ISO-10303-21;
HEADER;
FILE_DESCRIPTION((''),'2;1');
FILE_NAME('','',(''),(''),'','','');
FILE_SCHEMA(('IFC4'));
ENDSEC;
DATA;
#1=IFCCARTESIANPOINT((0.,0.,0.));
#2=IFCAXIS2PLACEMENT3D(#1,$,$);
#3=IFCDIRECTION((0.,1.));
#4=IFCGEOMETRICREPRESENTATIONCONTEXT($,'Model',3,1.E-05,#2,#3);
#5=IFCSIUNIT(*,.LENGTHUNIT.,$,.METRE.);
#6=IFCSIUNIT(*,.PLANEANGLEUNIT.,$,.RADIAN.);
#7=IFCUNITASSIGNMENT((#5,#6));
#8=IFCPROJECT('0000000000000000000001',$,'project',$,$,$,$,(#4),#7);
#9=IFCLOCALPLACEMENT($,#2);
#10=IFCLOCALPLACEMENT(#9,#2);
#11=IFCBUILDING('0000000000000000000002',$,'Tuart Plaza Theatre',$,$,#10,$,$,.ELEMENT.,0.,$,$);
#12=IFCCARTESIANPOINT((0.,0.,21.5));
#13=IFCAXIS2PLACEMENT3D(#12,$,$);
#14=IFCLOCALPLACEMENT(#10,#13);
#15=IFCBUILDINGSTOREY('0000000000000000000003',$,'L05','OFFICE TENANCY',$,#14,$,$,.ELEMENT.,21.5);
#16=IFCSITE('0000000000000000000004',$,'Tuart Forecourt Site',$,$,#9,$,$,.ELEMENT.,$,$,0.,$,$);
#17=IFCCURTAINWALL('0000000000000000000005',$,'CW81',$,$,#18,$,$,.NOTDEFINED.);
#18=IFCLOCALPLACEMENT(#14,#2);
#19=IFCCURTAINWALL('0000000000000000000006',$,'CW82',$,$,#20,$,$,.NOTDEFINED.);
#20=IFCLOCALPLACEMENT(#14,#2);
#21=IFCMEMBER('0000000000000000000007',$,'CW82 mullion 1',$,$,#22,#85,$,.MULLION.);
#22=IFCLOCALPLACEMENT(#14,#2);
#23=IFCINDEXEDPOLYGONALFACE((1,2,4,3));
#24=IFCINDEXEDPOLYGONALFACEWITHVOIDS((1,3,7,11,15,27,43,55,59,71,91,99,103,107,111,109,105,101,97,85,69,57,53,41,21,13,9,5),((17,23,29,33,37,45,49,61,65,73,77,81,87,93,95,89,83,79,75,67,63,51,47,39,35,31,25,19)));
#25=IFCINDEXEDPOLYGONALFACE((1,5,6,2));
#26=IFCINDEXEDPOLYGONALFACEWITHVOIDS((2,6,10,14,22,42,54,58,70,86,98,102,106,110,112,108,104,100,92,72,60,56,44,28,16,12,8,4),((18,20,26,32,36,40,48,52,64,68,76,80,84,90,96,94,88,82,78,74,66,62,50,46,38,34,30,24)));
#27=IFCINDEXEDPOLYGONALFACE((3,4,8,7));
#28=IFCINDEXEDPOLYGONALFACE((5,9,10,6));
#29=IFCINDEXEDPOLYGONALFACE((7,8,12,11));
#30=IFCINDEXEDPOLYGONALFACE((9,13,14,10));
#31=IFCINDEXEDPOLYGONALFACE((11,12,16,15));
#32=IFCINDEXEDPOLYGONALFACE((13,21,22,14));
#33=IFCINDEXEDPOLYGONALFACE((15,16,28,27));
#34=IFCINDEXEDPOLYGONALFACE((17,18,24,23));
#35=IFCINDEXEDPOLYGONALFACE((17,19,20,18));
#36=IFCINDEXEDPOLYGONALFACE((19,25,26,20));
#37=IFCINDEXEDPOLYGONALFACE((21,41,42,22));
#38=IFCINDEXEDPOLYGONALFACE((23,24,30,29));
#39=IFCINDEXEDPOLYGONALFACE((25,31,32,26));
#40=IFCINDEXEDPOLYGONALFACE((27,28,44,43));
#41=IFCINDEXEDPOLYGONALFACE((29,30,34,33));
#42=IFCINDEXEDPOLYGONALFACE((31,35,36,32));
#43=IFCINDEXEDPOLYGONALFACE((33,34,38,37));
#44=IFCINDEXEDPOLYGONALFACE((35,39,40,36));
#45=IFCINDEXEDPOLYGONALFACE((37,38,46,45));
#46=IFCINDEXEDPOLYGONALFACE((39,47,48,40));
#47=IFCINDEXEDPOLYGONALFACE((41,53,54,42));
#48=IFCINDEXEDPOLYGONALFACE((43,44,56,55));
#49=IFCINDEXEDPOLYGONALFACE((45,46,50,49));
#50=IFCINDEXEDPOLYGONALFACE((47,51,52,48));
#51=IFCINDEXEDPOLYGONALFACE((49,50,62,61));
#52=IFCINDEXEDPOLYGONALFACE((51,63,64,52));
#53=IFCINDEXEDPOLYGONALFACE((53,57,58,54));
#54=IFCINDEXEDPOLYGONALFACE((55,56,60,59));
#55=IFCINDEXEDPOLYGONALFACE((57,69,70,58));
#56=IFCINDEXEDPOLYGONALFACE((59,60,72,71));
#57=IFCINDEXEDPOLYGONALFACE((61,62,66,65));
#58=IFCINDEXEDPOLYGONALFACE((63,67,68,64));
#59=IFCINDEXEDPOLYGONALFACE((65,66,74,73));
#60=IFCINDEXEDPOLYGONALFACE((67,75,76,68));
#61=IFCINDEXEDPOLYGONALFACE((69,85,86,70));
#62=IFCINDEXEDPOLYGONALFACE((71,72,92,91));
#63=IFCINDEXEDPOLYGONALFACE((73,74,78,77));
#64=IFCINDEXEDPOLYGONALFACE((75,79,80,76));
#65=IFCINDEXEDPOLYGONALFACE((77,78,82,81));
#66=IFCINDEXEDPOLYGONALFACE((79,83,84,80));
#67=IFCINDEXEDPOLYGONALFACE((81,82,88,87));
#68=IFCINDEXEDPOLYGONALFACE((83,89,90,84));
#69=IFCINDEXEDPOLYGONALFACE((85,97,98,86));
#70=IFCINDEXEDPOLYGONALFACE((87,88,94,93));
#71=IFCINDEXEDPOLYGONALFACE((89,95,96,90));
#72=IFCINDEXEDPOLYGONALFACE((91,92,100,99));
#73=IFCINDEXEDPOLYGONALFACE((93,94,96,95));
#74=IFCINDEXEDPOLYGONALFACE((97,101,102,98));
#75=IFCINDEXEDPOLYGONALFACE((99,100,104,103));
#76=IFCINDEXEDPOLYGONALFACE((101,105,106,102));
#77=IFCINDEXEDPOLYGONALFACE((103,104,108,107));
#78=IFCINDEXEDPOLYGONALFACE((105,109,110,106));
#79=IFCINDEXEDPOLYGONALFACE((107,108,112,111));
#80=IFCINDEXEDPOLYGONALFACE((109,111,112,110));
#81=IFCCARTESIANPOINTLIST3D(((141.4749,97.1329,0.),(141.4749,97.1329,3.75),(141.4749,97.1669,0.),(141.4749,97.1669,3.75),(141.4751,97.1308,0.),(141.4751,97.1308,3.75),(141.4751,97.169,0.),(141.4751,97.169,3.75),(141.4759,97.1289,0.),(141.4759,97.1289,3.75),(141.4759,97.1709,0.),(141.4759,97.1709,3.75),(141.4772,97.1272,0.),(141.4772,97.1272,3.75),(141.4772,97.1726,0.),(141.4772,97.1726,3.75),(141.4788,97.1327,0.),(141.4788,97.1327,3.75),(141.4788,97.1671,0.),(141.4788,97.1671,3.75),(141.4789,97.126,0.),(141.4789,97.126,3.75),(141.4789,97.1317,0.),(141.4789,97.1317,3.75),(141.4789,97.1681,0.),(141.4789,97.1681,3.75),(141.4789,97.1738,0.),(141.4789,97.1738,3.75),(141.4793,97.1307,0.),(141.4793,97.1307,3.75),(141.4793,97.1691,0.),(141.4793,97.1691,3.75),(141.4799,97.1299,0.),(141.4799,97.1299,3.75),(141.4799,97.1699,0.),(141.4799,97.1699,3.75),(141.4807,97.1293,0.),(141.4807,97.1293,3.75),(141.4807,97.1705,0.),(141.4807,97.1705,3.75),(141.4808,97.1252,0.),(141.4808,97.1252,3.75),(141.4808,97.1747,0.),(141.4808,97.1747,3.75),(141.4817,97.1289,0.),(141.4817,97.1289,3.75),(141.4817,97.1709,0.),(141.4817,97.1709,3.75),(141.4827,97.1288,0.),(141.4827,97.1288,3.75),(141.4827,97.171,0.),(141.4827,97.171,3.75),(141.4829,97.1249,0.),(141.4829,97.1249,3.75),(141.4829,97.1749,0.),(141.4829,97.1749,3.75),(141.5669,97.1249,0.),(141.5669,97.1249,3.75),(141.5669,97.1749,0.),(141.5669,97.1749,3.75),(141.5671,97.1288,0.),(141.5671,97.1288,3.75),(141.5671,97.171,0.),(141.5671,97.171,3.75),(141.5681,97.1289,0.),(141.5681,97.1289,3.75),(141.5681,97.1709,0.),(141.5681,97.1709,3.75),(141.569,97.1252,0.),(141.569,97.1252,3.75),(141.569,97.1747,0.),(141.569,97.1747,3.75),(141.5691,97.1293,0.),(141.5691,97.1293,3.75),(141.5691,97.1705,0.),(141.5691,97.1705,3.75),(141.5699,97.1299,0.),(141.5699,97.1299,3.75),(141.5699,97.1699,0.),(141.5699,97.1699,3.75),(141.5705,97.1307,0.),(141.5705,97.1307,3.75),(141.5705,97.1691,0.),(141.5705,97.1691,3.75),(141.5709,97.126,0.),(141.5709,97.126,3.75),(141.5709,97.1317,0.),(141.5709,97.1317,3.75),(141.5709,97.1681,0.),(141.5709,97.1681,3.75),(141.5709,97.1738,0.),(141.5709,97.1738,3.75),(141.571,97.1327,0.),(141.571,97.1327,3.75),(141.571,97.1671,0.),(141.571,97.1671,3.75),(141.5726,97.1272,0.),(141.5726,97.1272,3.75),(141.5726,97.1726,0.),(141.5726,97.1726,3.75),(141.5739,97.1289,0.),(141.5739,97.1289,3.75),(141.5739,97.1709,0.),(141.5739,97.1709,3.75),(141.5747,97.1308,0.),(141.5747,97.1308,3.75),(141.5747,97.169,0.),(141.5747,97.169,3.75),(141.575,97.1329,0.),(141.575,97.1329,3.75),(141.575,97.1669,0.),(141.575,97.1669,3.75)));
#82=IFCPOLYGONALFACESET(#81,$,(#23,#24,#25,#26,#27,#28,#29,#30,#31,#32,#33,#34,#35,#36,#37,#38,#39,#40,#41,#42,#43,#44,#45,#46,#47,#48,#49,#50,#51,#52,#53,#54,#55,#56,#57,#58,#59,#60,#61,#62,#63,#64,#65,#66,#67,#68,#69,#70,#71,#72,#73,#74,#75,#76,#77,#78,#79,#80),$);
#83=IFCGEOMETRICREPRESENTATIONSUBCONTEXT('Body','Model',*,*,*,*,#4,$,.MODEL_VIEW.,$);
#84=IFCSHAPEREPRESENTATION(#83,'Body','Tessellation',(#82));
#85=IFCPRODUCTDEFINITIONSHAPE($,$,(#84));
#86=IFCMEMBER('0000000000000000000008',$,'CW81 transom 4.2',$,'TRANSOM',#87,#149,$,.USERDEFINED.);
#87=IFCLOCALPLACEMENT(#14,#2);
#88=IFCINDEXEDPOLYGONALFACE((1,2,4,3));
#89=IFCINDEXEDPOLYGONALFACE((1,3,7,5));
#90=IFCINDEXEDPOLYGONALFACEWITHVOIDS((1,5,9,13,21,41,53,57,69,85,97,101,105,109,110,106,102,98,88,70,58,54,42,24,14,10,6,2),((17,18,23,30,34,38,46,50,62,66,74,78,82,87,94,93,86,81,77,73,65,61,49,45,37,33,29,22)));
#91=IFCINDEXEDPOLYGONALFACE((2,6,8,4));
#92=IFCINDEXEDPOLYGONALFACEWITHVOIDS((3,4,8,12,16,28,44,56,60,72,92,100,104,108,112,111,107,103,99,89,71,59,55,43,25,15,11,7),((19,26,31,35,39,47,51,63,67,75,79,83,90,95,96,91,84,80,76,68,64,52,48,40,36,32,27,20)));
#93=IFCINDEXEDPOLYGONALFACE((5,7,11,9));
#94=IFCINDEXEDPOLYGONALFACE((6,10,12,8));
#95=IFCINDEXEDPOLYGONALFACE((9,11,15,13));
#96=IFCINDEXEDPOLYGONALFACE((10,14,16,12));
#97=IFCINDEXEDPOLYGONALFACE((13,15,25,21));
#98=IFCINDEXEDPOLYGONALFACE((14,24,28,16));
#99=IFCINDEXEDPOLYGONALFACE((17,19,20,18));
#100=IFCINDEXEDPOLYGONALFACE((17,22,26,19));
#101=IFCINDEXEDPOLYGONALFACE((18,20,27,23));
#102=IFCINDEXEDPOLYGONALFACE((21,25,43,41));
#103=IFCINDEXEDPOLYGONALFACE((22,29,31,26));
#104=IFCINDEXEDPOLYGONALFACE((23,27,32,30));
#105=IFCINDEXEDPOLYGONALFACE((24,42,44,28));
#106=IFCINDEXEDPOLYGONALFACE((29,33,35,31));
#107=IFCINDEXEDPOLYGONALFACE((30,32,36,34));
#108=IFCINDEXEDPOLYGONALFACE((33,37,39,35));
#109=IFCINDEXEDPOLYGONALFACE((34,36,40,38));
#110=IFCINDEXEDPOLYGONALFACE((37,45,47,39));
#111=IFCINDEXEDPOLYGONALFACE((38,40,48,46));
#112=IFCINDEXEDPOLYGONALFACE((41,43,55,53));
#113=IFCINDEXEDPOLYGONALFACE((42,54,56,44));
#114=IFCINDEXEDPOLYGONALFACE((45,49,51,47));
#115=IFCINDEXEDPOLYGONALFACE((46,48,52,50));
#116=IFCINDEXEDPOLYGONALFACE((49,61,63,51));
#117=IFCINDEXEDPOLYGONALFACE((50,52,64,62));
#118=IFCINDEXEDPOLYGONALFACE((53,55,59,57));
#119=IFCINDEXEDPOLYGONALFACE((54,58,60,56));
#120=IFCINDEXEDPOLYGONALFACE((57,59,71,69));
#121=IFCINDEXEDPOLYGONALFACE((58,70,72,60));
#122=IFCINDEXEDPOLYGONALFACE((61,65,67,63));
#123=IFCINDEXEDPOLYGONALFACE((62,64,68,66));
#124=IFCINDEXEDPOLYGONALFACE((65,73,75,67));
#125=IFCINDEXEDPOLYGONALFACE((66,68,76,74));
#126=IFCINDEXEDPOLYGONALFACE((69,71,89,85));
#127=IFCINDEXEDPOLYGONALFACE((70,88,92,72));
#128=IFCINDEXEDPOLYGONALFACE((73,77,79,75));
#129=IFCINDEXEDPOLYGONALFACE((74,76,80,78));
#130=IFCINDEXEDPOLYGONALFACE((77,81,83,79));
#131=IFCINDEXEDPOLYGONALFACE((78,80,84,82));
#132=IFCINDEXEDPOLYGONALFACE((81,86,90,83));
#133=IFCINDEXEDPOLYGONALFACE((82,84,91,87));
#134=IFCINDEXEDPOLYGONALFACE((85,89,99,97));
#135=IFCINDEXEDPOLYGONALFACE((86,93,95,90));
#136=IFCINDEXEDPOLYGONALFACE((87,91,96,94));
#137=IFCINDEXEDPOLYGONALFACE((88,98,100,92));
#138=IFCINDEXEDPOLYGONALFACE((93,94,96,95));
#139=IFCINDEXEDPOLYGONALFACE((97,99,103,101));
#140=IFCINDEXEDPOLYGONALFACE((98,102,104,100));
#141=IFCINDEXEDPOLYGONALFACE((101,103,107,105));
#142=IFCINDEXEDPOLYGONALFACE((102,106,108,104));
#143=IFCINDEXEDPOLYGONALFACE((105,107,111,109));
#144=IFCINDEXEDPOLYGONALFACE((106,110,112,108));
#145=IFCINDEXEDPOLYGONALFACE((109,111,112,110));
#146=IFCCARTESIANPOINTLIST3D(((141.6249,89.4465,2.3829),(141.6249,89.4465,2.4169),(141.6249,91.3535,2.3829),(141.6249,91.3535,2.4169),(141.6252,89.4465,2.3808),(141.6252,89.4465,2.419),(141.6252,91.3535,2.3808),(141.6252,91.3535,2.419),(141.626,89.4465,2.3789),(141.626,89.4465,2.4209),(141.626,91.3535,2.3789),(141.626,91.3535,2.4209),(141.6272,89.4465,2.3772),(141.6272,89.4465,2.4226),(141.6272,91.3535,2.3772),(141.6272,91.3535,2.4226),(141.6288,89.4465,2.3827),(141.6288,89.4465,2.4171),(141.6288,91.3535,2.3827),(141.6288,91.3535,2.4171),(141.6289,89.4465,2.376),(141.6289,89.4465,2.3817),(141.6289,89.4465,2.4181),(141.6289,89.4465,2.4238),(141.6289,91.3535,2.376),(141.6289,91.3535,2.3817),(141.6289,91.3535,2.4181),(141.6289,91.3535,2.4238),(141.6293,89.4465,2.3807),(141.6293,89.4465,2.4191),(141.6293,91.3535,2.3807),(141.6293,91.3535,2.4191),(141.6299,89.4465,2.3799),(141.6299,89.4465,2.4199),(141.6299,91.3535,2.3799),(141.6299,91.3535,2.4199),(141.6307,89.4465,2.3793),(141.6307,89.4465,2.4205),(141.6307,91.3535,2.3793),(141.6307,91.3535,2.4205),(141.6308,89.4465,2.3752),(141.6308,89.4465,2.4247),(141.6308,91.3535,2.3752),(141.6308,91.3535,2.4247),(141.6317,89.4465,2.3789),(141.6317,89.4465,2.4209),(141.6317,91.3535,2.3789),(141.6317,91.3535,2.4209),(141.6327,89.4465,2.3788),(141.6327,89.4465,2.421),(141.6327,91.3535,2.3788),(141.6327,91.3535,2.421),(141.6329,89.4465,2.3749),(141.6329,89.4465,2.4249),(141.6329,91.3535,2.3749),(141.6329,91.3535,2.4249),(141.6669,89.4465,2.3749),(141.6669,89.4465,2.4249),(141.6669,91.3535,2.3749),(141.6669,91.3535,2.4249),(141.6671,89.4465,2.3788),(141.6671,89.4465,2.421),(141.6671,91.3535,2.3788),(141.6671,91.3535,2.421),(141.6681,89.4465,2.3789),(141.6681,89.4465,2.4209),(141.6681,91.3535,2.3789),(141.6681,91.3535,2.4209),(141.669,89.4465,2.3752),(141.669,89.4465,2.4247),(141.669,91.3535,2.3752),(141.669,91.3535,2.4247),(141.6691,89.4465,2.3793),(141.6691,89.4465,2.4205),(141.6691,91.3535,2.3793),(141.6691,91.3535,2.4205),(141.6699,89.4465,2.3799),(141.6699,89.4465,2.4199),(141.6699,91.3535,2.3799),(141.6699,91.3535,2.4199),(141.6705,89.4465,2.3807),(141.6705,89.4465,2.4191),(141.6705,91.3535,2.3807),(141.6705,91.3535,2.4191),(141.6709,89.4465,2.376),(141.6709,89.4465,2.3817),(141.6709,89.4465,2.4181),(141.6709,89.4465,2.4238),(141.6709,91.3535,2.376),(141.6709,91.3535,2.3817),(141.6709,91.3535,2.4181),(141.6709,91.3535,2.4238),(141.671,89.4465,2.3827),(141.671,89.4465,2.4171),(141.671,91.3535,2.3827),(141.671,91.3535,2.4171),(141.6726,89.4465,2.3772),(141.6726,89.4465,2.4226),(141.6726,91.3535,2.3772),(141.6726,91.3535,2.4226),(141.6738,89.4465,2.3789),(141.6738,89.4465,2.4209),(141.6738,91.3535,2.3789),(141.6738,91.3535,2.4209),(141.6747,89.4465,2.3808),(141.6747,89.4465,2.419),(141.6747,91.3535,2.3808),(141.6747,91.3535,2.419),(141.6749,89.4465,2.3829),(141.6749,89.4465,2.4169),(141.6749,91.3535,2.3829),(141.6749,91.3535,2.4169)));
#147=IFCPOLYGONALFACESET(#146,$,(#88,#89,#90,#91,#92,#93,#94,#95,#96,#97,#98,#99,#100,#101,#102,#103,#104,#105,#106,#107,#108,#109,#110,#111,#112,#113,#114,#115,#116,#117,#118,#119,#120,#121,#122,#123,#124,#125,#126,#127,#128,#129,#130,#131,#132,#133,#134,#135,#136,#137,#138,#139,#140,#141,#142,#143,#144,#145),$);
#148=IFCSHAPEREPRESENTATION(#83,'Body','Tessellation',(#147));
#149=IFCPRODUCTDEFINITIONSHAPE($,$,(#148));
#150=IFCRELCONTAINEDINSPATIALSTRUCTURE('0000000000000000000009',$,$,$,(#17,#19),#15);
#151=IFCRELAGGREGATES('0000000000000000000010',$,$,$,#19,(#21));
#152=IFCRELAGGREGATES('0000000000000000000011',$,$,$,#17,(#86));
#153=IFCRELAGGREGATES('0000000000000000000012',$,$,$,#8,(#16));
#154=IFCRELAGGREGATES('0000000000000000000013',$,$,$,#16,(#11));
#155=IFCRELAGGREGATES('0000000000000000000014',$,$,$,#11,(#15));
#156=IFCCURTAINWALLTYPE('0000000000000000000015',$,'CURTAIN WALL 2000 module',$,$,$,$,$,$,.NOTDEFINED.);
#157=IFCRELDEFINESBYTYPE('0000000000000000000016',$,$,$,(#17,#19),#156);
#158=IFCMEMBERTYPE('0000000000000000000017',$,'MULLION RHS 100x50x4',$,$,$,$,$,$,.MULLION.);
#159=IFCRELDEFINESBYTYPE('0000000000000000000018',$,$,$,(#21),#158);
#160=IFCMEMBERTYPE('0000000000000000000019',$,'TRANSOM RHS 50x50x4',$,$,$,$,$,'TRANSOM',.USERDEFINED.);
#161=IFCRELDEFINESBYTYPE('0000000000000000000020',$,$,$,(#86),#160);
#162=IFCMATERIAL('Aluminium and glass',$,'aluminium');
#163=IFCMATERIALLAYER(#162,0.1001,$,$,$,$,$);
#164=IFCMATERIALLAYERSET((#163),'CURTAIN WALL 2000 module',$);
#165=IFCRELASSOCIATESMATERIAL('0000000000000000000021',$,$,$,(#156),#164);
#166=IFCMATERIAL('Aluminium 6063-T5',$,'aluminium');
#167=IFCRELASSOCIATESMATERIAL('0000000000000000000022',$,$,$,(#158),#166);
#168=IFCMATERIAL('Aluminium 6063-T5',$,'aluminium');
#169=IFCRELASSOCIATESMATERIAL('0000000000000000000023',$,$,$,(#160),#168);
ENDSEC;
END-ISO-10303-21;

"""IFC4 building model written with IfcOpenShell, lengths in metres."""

from ifc_helpers import new_model, si_unit, direction, frame, origin, origin_2d, place, context, subcontext, project, spatial, hollow_rectangle, extrude, material, layer, layer_set, material_profile, profile_set, type_object, element, aggregate, save


model = new_model("IFC4")

# Units and contexts
model_context = context("Model", 3, precision=1e-05, world=origin(), true_north=direction((0.0, 1.0)))
body_context = subcontext(model_context, "Body", "Model", "MODEL_VIEW")
ifc_project = project(units=[si_unit("LENGTHUNIT", "METRE"), si_unit("PLANEANGLEUNIT", "RADIAN")], contexts=[model_context])

# Site, building, storey
site_placement = place(None, origin())
site = spatial("IfcSite", under=ifc_project, at=site_placement, Name="Tuart Forecourt Site", CompositionType="ELEMENT", RefElevation=0.0)
building_placement = place(site_placement, origin())
building = spatial("IfcBuilding", under=site, at=building_placement, Name="Tuart Plaza Theatre", CompositionType="ELEMENT", ElevationOfRefHeight=0.0)
storey_placement = place(building_placement, frame((0.0, 0.0, 21.5)))
storey = spatial("IfcBuildingStorey", under=building, at=storey_placement, Name="L05", Description="OFFICE TENANCY", CompositionType="ELEMENT", Elevation=21.5)

# Curtain wall
ifc_material_1 = material(Name="Aluminium and glass", Category="aluminium")
ifc_layer_1 = layer(ifc_material_1, 0.1001)
ifc_layer_set_1 = layer_set([ifc_layer_1], Name="CURTAIN WALL 2000 module")
curtain_wall_type = type_object("IfcCurtainWallType", Name="CURTAIN WALL 2000 module", PredefinedType="NOTDEFINED", material=ifc_layer_set_1)
curtain_wall_1_placement = place(storey_placement, origin())
curtain_wall_1 = element("IfcCurtainWall", 1, at=curtain_wall_1_placement, inside=storey, type_object=curtain_wall_type, Name="CW81", PredefinedType="NOTDEFINED")
ifc_material_2 = material(Name="Aluminium 6063-T5", Category="aluminium")
ifc_material_profile_1 = material_profile(ifc_material_2, hollow_rectangle(XDim=0.05, YDim=0.1001, WallThickness=0.0039, InnerFilletRadius=0.0039, OuterFilletRadius=0.0081, at=origin_2d()), Name="RHS 100x50x4")
ifc_profile_set_1 = profile_set([ifc_material_profile_1], Name="Aluminium 6063-T5")
member_type_1 = type_object("IfcMemberType", Name="MULLION RHS 100x50x4", PredefinedType="MULLION", material=ifc_profile_set_1)

# Curtain wall, member
curtain_wall_2_placement = place(storey_placement, origin())
curtain_wall_2 = element("IfcCurtainWall", 2, at=curtain_wall_2_placement, inside=storey, type_object=curtain_wall_type, Name="CW82", PredefinedType="NOTDEFINED")
member_1_placement = place(storey_placement, frame((141.5249, 97.1499, 0.0), z_axis=(0.0, 0.0, 1.0), x_axis=(0.0, -1.0, 0.0)))
member_1 = element("IfcMember", 3, at=member_1_placement, type_object=member_type_1, Name="CW82 mullion 1", PredefinedType="MULLION", context=body_context, shape_type="SweptSolid", body=[
    extrude(hollow_rectangle(XDim=0.05, YDim=0.1001, WallThickness=0.0039, InnerFilletRadius=0.0039, OuterFilletRadius=0.0081, at=origin_2d()), origin(), (0.0, 0.0, 1.0), 3.75),
])

# Member
ifc_material_3 = material(Name="Aluminium 6063-T5", Category="aluminium")
ifc_material_profile_2 = material_profile(ifc_material_3, hollow_rectangle(XDim=0.05, YDim=0.05, WallThickness=0.0039, InnerFilletRadius=0.0039, OuterFilletRadius=0.0081, at=origin_2d()), Name="RHS 50x50x4")
ifc_profile_set_2 = profile_set([ifc_material_profile_2], Name="Aluminium 6063-T5")
member_type_2 = type_object("IfcMemberType", Name="TRANSOM RHS 50x50x4", ElementType="TRANSOM", PredefinedType="USERDEFINED", material=ifc_profile_set_2)
member_2_placement = place(storey_placement, frame((141.6499, 89.4465, 2.3999), z_axis=(0.0, 1.0, 0.0), x_axis=(-1.0, 0.0, 0.0)))
member_2 = element("IfcMember", 4, at=member_2_placement, type_object=member_type_2, Name="CW81 transom 4.2", ObjectType="TRANSOM", PredefinedType="USERDEFINED", context=body_context, shape_type="SweptSolid", body=[
    extrude(hollow_rectangle(XDim=0.05, YDim=0.05, WallThickness=0.0039, InnerFilletRadius=0.0039, OuterFilletRadius=0.0081, at=origin_2d()), origin(), (0.0, 0.0, 1.0), 1.907),
])
aggregate(curtain_wall_2, [member_1])

aggregate(curtain_wall_1, [member_2])

save(model, "model.ifc")
